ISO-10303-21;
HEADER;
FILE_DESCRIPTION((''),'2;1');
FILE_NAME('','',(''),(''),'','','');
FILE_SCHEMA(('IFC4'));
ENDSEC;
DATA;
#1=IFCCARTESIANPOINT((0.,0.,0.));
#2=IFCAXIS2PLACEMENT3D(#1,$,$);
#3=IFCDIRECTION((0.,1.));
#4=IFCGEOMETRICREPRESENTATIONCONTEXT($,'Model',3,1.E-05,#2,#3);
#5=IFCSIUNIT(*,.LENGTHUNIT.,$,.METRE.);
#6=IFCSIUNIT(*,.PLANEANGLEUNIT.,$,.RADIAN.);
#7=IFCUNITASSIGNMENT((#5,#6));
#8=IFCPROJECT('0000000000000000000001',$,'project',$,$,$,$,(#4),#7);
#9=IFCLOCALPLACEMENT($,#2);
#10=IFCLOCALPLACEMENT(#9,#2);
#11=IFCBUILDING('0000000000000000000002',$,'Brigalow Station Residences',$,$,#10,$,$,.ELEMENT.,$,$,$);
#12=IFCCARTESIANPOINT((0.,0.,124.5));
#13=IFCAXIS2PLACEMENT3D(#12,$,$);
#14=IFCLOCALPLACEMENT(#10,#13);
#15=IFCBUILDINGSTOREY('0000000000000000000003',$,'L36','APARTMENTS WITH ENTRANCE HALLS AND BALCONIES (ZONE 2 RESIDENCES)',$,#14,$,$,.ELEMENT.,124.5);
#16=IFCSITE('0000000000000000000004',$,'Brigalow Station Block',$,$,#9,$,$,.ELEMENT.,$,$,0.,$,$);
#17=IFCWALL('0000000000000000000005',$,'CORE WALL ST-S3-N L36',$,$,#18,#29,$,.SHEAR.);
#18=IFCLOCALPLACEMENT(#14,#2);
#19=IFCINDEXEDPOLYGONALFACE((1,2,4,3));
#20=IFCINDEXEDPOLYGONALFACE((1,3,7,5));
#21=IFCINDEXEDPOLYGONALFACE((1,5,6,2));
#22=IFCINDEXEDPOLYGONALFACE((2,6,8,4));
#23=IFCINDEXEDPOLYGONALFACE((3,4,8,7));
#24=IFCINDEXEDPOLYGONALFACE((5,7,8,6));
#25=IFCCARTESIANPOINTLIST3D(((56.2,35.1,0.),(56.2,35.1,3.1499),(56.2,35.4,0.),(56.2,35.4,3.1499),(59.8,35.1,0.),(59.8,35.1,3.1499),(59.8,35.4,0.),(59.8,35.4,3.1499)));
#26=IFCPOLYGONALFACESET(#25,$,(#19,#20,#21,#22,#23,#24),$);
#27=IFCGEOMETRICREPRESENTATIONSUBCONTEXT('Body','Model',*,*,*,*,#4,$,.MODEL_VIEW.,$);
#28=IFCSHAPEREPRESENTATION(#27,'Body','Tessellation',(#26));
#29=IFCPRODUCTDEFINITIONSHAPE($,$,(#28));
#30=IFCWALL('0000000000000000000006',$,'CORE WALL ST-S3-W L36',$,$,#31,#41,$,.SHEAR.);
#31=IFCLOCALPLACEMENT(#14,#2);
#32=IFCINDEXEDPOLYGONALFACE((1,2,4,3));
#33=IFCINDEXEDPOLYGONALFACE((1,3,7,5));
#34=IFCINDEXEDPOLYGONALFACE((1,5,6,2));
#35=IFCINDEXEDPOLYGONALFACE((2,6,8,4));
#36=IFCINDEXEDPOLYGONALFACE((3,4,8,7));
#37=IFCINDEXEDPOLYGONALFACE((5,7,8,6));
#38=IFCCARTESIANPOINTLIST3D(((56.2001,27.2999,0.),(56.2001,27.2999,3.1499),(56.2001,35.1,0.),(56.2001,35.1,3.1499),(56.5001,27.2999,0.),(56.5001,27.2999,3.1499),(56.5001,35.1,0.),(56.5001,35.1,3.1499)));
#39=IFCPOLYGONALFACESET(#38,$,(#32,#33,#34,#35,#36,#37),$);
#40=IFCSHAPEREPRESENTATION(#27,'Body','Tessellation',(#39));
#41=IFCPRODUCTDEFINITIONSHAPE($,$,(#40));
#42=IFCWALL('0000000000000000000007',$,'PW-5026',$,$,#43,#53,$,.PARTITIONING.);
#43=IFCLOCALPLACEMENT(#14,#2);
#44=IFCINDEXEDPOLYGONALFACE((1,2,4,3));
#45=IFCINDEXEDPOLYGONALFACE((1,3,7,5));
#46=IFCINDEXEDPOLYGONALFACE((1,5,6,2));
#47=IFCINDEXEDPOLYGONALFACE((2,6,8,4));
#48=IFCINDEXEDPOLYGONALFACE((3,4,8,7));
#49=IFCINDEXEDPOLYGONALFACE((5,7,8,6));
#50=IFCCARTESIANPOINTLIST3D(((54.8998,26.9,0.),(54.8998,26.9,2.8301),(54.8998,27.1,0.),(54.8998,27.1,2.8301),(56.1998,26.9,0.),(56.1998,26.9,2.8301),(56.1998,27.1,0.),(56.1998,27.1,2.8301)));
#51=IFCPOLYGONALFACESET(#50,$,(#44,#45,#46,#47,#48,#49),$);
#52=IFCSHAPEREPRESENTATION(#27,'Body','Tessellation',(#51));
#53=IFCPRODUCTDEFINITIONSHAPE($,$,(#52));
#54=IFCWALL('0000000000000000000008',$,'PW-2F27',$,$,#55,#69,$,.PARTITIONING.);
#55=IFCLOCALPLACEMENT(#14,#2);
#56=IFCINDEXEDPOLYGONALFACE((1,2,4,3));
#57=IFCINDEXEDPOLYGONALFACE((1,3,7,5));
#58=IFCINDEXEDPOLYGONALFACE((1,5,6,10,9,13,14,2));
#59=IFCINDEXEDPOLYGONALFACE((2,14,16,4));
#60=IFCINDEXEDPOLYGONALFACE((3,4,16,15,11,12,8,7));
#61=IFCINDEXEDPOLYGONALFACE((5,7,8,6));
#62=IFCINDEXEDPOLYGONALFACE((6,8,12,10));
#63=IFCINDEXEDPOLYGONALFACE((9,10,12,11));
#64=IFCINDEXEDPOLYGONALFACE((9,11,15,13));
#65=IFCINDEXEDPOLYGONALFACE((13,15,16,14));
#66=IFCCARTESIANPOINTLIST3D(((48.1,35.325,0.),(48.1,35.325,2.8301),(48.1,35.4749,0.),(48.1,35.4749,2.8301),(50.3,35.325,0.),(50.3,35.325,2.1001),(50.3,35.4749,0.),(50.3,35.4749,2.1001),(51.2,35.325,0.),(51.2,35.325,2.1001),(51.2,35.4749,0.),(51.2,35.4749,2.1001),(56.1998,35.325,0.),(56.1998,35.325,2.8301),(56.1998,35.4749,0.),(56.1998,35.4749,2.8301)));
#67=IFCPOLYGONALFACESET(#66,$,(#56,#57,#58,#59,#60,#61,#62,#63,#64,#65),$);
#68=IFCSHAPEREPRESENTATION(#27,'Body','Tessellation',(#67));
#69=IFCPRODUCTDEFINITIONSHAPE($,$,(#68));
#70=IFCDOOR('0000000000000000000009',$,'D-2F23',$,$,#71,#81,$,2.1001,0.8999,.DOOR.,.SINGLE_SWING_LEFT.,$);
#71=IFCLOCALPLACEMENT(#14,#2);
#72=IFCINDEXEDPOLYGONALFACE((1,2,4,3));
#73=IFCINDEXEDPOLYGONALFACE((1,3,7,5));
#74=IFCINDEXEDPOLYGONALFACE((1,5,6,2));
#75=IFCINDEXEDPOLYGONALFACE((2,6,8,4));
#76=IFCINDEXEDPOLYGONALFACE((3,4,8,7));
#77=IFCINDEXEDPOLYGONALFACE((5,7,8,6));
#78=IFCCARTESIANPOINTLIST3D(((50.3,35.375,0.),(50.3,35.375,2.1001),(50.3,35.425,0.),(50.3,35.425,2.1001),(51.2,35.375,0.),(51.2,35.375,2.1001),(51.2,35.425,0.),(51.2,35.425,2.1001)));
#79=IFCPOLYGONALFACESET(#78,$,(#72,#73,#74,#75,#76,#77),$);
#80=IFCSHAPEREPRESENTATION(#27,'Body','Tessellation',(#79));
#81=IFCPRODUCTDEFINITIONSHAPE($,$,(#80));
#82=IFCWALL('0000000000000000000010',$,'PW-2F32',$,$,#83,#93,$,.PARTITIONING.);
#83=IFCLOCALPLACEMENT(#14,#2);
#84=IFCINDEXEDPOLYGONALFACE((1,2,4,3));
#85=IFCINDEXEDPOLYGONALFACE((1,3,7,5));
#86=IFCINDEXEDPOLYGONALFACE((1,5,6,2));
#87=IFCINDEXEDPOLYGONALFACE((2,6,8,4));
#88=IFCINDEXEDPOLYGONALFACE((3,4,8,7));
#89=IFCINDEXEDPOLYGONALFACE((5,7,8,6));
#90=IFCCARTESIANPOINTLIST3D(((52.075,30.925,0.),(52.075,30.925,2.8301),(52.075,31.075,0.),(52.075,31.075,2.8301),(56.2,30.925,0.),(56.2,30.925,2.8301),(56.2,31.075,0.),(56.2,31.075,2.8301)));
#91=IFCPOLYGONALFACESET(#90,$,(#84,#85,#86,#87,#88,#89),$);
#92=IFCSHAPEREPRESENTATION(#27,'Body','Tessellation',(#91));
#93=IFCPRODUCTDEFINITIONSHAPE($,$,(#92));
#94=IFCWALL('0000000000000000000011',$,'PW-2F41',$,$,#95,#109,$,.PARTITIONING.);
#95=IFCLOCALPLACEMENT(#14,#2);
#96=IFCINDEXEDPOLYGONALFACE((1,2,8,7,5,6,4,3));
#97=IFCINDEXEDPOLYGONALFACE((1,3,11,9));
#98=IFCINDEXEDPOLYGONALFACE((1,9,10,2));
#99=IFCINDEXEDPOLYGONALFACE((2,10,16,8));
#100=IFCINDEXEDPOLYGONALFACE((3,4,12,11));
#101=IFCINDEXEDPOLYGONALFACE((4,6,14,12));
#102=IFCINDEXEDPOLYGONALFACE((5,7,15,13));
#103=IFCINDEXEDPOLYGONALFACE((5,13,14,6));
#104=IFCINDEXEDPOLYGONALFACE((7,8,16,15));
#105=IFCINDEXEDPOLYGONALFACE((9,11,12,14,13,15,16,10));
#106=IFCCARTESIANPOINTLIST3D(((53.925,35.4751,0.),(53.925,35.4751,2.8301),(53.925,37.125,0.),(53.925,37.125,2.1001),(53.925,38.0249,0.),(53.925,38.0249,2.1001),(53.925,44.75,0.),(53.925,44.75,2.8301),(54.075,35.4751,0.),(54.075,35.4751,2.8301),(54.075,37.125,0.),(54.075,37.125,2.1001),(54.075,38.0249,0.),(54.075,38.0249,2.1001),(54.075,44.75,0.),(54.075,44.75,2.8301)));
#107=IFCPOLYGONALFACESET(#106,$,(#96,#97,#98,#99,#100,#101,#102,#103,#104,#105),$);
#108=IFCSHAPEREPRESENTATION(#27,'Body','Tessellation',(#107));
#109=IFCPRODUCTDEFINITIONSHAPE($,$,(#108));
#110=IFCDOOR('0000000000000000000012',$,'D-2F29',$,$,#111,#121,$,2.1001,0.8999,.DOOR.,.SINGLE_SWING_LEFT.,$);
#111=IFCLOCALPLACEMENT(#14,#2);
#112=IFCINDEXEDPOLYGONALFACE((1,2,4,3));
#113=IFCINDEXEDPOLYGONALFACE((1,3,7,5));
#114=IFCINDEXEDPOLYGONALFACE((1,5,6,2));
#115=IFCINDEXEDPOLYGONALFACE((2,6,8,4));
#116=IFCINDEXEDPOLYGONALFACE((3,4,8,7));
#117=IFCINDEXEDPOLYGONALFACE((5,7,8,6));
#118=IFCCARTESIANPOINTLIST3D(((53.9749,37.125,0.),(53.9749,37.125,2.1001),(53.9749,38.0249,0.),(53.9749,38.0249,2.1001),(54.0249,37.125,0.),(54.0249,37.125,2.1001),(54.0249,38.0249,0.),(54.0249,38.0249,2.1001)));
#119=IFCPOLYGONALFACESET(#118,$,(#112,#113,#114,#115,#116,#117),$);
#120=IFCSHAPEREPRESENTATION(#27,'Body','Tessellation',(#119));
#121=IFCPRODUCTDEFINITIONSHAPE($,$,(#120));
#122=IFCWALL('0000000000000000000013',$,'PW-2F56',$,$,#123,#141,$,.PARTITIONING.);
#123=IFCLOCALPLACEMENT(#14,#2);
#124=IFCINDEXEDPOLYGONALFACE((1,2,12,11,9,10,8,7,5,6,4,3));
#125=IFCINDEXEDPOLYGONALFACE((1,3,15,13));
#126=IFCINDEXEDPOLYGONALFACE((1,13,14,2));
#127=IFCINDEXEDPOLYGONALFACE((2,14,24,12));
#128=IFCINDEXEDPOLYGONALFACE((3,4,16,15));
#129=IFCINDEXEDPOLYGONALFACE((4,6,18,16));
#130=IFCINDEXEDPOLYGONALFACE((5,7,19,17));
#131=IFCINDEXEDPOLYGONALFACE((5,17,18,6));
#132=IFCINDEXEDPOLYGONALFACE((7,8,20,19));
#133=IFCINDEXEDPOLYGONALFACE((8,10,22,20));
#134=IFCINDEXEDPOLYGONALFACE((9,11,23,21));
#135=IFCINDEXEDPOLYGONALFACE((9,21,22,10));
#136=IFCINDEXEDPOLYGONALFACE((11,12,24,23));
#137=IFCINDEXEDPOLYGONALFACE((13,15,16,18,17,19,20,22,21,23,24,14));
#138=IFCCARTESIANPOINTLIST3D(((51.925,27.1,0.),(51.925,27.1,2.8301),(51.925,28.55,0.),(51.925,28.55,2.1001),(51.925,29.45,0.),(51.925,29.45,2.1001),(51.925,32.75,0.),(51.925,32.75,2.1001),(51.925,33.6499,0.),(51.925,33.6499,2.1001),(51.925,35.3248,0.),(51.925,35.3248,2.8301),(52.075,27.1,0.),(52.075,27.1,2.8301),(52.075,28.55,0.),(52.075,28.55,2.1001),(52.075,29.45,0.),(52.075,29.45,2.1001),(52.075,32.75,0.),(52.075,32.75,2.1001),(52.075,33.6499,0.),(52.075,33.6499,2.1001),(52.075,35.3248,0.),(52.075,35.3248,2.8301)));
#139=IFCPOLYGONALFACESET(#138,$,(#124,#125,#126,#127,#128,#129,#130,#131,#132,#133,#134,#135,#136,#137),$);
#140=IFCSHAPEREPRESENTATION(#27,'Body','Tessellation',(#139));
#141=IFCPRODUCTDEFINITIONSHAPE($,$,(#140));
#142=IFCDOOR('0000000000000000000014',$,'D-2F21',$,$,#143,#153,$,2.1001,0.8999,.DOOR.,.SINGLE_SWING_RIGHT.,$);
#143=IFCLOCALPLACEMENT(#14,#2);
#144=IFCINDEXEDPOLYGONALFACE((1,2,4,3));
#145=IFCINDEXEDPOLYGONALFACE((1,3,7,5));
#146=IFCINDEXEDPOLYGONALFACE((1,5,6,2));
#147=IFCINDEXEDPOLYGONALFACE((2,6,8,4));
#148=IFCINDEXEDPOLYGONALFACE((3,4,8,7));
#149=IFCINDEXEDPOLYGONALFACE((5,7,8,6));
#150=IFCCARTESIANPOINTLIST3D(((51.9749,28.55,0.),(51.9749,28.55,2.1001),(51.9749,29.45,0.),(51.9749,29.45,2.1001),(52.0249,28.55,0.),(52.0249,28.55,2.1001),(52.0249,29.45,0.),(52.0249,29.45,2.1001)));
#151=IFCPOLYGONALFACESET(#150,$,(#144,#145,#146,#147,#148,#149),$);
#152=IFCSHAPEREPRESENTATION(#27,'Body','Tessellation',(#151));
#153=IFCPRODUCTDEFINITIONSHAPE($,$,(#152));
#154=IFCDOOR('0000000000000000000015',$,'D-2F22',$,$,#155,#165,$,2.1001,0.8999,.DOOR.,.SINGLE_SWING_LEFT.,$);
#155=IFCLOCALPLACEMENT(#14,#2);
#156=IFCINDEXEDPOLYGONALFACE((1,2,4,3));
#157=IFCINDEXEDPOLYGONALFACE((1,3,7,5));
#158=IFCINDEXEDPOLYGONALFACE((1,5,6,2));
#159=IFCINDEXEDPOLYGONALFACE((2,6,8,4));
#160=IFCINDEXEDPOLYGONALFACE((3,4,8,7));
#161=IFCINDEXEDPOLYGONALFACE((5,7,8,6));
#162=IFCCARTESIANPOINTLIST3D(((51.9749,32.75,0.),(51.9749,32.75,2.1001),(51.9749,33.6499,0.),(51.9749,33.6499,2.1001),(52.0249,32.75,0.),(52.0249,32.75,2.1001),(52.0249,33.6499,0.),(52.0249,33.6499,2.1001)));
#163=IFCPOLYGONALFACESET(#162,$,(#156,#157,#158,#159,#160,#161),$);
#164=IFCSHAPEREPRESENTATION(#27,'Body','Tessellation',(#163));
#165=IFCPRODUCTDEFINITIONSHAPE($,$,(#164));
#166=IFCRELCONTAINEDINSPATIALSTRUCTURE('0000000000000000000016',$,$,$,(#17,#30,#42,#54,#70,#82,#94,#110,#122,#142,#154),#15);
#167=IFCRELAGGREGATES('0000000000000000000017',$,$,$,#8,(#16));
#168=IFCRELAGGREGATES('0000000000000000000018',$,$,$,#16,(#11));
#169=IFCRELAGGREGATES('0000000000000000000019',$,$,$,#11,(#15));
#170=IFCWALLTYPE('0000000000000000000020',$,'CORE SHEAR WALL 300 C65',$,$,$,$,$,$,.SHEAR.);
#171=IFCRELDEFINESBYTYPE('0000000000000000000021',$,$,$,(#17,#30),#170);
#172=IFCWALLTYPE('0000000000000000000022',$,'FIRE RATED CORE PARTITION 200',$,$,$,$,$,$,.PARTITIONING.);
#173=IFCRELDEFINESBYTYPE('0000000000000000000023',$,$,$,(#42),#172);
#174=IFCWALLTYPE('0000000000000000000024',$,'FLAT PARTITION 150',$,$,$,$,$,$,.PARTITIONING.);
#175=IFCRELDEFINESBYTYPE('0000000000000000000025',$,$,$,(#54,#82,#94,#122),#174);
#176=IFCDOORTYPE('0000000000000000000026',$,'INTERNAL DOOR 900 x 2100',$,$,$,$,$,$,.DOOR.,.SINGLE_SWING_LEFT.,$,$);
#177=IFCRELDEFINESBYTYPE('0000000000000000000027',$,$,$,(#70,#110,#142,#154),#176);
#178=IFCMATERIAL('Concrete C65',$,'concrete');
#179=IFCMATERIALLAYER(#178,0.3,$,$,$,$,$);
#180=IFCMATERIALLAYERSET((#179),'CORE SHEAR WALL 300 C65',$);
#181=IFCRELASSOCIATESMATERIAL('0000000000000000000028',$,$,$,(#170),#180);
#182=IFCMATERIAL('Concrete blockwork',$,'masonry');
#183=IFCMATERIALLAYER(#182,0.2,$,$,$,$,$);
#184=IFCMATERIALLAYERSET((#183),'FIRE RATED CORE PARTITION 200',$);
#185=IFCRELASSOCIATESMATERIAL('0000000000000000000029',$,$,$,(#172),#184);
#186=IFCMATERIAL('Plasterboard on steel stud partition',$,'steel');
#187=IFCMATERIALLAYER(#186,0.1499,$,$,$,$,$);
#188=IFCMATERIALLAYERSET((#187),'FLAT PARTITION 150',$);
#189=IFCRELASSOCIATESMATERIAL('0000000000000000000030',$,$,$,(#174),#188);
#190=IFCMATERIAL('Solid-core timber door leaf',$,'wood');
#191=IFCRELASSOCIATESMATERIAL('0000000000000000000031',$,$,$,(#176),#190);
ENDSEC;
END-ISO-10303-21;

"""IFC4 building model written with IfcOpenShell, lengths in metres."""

from ifc_helpers import new_model, si_unit, direction, frame, frame_2d, origin, place, context, subcontext, project, spatial, rectangle, extrude, material, layer, layer_set, type_object, element, fill, save


model = new_model("IFC4")

# Units and contexts
model_context = context("Model", 3, precision=1e-05, world=origin(), true_north=direction((0.0, 1.0)))
body_context = subcontext(model_context, "Body", "Model", "MODEL_VIEW")
ifc_project = project(units=[si_unit("LENGTHUNIT", "METRE"), si_unit("PLANEANGLEUNIT", "RADIAN")], contexts=[model_context])

# Site, building, storey
site_placement = place(None, origin())
site = spatial("IfcSite", under=ifc_project, at=site_placement, Name="Brigalow Station Block", CompositionType="ELEMENT", RefElevation=0.0)
building_placement = place(site_placement, origin())
building = spatial("IfcBuilding", under=site, at=building_placement, Name="Brigalow Station Residences", CompositionType="ELEMENT")
storey_placement = place(building_placement, frame((0.0, 0.0, 124.5)))
storey = spatial("IfcBuildingStorey", under=building, at=storey_placement, Name="L36", Description="APARTMENTS WITH ENTRANCE HALLS AND BALCONIES (ZONE 2 RESIDENCES)", CompositionType="ELEMENT", Elevation=124.5)

# Shared definitions
ifc_material_1 = material(Name="Concrete C65", Category="concrete")
ifc_layer_1 = layer(ifc_material_1, 0.3)
ifc_layer_set_1 = layer_set([ifc_layer_1], Name="CORE SHEAR WALL 300 C65")
wall_type_1 = type_object("IfcWallType", Name="CORE SHEAR WALL 300 C65", PredefinedType="SHEAR", material=ifc_layer_set_1)

# Walls
wall_1_placement = place(storey_placement, frame((56.2, 35.25, 0.0), z_axis=(0.0, 0.0, 1.0), x_axis=(1.0, 0.0, 0.0)))
element("IfcWall", 1, at=wall_1_placement, inside=storey, type_object=wall_type_1, Name="CORE WALL ST-S3-N L36", PredefinedType="SHEAR", context=body_context, shape_type="SweptSolid", body=[
    extrude(rectangle(XDim=3.6001, YDim=0.3, at=frame_2d((1.8, 0.0))), origin(), (0.0, 0.0, 1.0), 3.1499),
])
wall_2_placement = place(storey_placement, frame((56.3501, 27.3, 0.0), z_axis=(0.0, 0.0, 1.0), x_axis=(0.0, 1.0, 0.0)))
element("IfcWall", 2, at=wall_2_placement, inside=storey, type_object=wall_type_1, Name="CORE WALL ST-S3-W L36", PredefinedType="SHEAR", context=body_context, shape_type="SweptSolid", body=[
    extrude(rectangle(XDim=7.8, YDim=0.3, at=frame_2d((3.8999, 0.0))), origin(), (0.0, 0.0, 1.0), 3.1499),
])
ifc_material_2 = material(Name="Concrete blockwork", Category="masonry")
ifc_layer_2 = layer(ifc_material_2, 0.2)
ifc_layer_set_2 = layer_set([ifc_layer_2], Name="FIRE RATED CORE PARTITION 200")
wall_type_2 = type_object("IfcWallType", Name="FIRE RATED CORE PARTITION 200", PredefinedType="PARTITIONING", material=ifc_layer_set_2)
wall_3_placement = place(storey_placement, frame((54.8999, 27.0, 0.0), z_axis=(0.0, 0.0, 1.0), x_axis=(1.0, 0.0, 0.0)))
element("IfcWall", 3, at=wall_3_placement, inside=storey, type_object=wall_type_2, Name="PW-5026", PredefinedType="PARTITIONING", context=body_context, shape_type="SweptSolid", body=[
    extrude(rectangle(XDim=1.3, YDim=0.2, at=frame_2d((0.6499, 0.0))), origin(), (0.0, 0.0, 1.0), 2.8301),
])

# Wall, opening, door
ifc_material_3 = material(Name="Plasterboard on steel stud partition", Category="steel")
ifc_layer_3 = layer(ifc_material_3, 0.1499)
ifc_layer_set_3 = layer_set([ifc_layer_3], Name="FLAT PARTITION 150")
wall_type_3 = type_object("IfcWallType", Name="FLAT PARTITION 150", PredefinedType="PARTITIONING", material=ifc_layer_set_3)
wall_4_placement = place(storey_placement, frame((48.1001, 35.3999, 0.0), z_axis=(0.0, 0.0, 1.0), x_axis=(1.0, 0.0, 0.0)))
wall_4 = element("IfcWall", 4, at=wall_4_placement, inside=storey, type_object=wall_type_3, Name="PW-2F27", PredefinedType="PARTITIONING", context=body_context, shape_type="SweptSolid", body=[
    extrude(rectangle(XDim=8.0999, YDim=0.1499, at=frame_2d((4.0498, 0.0))), origin(), (0.0, 0.0, 1.0), 2.8301),
])
opening_1_placement = place(wall_4_placement, frame((2.2, 0.0, 0.0)))
opening_1 = element("IfcOpeningElement", 5, at=opening_1_placement, cuts=wall_4, PredefinedType="OPENING", context=body_context, shape_type="SweptSolid", body=[
    extrude(rectangle(XDim=0.8999, YDim=2.1001, at=frame_2d((0.45, 1.05))), frame((0.0, 0.085, 0.0), z_axis=(0.0, -1.0, 0.0), x_axis=(1.0, 0.0, 0.0)), (0.0, 0.0, 1.0), 0.1699),
])
ifc_material_4 = material(Name="Solid-core timber door leaf", Category="wood")
door_type_1 = type_object("IfcDoorType", Name="INTERNAL DOOR 900 x 2100", OperationType="SINGLE_SWING_LEFT", PredefinedType="DOOR", material=ifc_material_4)
door_1_placement = place(opening_1_placement, frame((0.8999, 0.0, 0.0), z_axis=(0.0, 0.0, 1.0), x_axis=(-1.0, 0.0, 0.0)))
door_1 = element("IfcDoor", 6, at=door_1_placement, inside=storey, type_object=door_type_1, Name="D-2F23", OperationType="SINGLE_SWING_LEFT", OverallHeight=2.1001, OverallWidth=0.8999, PredefinedType="DOOR", context=body_context, shape_type="SweptSolid", body=[
    extrude(rectangle(XDim=0.8999, YDim=2.1001, at=frame_2d((0.45, 1.05))), frame((0.0, 0.0249, 0.0), z_axis=(0.0, -1.0, 0.0), x_axis=(1.0, 0.0, 0.0)), (0.0, 0.0, 1.0), 0.05),
])
fill(opening_1, door_1)

# Wall
wall_5_placement = place(storey_placement, frame((52.075, 31.0, 0.0), z_axis=(0.0, 0.0, 1.0), x_axis=(1.0, 0.0, 0.0)))
element("IfcWall", 7, at=wall_5_placement, inside=storey, type_object=wall_type_3, Name="PW-2F32", PredefinedType="PARTITIONING", context=body_context, shape_type="SweptSolid", body=[
    extrude(rectangle(XDim=4.125, YDim=0.1499, at=frame_2d((2.0625, 0.0))), origin(), (0.0, 0.0, 1.0), 2.8301),
])

# Wall, opening, door
wall_6_placement = place(storey_placement, frame((54.0, 35.4751, 0.0), z_axis=(0.0, 0.0, 1.0), x_axis=(0.0, 1.0, 0.0)))
wall_6 = element("IfcWall", 8, at=wall_6_placement, inside=storey, type_object=wall_type_3, Name="PW-2F41", PredefinedType="PARTITIONING", context=body_context, shape_type="SweptSolid", body=[
    extrude(rectangle(XDim=9.2749, YDim=0.1499, at=frame_2d((4.6375, 0.0))), origin(), (0.0, 0.0, 1.0), 2.8301),
])
opening_2_placement = place(wall_6_placement, frame((1.6499, 0.0, 0.0)))
opening_2 = element("IfcOpeningElement", 9, at=opening_2_placement, cuts=wall_6, PredefinedType="OPENING", context=body_context, shape_type="SweptSolid", body=[
    extrude(rectangle(XDim=0.8999, YDim=2.1001, at=frame_2d((0.45, 1.05))), frame((0.0, 0.085, 0.0), z_axis=(0.0, -1.0, 0.0), x_axis=(1.0, 0.0, 0.0)), (0.0, 0.0, 1.0), 0.1699),
])
door_2_placement = place(opening_2_placement, frame((0.8999, 0.0, 0.0), z_axis=(0.0, 0.0, 1.0), x_axis=(-1.0, 0.0, 0.0)))
door_2 = element("IfcDoor", 10, at=door_2_placement, inside=storey, type_object=door_type_1, Name="D-2F29", OperationType="SINGLE_SWING_LEFT", OverallHeight=2.1001, OverallWidth=0.8999, PredefinedType="DOOR", context=body_context, shape_type="SweptSolid", body=[
    extrude(rectangle(XDim=0.8999, YDim=2.1001, at=frame_2d((0.45, 1.05))), frame((0.0, 0.0249, 0.0), z_axis=(0.0, -1.0, 0.0), x_axis=(1.0, 0.0, 0.0)), (0.0, 0.0, 1.0), 0.05),
])
fill(opening_2, door_2)

# Wall, openings, doors
wall_7_placement = place(storey_placement, frame((52.0, 27.1001, 0.0), z_axis=(0.0, 0.0, 1.0), x_axis=(0.0, 1.0, 0.0)))
wall_7 = element("IfcWall", 11, at=wall_7_placement, inside=storey, type_object=wall_type_3, Name="PW-2F56", PredefinedType="PARTITIONING", context=body_context, shape_type="SweptSolid", body=[
    extrude(rectangle(XDim=8.2249, YDim=0.1499, at=frame_2d((4.1123, 0.0))), origin(), (0.0, 0.0, 1.0), 2.8301),
])
opening_3_placement = place(wall_7_placement, frame((1.45, 0.0, 0.0)))
opening_3 = element("IfcOpeningElement", 12, at=opening_3_placement, cuts=wall_7, PredefinedType="OPENING", context=body_context, shape_type="SweptSolid", body=[
    extrude(rectangle(XDim=0.8999, YDim=2.1001, at=frame_2d((0.45, 1.05))), frame((0.0, 0.085, 0.0), z_axis=(0.0, -1.0, 0.0), x_axis=(1.0, 0.0, 0.0)), (0.0, 0.0, 1.0), 0.1699),
])
opening_4_placement = place(wall_7_placement, frame((5.6499, 0.0, 0.0)))
opening_4 = element("IfcOpeningElement", 13, at=opening_4_placement, cuts=wall_7, PredefinedType="OPENING", context=body_context, shape_type="SweptSolid", body=[
    extrude(rectangle(XDim=0.8999, YDim=2.1001, at=frame_2d((0.45, 1.05))), frame((0.0, 0.085, 0.0), z_axis=(0.0, -1.0, 0.0), x_axis=(1.0, 0.0, 0.0)), (0.0, 0.0, 1.0), 0.1699),
])
door_3_placement = place(opening_3_placement, frame((0.8999, 0.0, 0.0), z_axis=(0.0, 0.0, 1.0), x_axis=(-1.0, 0.0, 0.0)))
door_3 = element("IfcDoor", 14, at=door_3_placement, inside=storey, type_object=door_type_1, Name="D-2F21", OperationType="SINGLE_SWING_RIGHT", OverallHeight=2.1001, OverallWidth=0.8999, PredefinedType="DOOR", context=body_context, shape_type="SweptSolid", body=[
    extrude(rectangle(XDim=0.8999, YDim=2.1001, at=frame_2d((0.45, 1.05))), frame((0.0, 0.0249, 0.0), z_axis=(0.0, -1.0, 0.0), x_axis=(1.0, 0.0, 0.0)), (0.0, 0.0, 1.0), 0.05),
])
fill(opening_3, door_3)
door_4_placement = place(opening_4_placement, frame((0.8999, 0.0, 0.0), z_axis=(0.0, 0.0, 1.0), x_axis=(-1.0, 0.0, 0.0)))
door_4 = element("IfcDoor", 15, at=door_4_placement, inside=storey, type_object=door_type_1, Name="D-2F22", OperationType="SINGLE_SWING_LEFT", OverallHeight=2.1001, OverallWidth=0.8999, PredefinedType="DOOR", context=body_context, shape_type="SweptSolid", body=[
    extrude(rectangle(XDim=0.8999, YDim=2.1001, at=frame_2d((0.45, 1.05))), frame((0.0, 0.0249, 0.0), z_axis=(0.0, -1.0, 0.0), x_axis=(1.0, 0.0, 0.0)), (0.0, 0.0, 1.0), 0.05),
])
fill(opening_4, door_4)

save(model, "model.ifc")
